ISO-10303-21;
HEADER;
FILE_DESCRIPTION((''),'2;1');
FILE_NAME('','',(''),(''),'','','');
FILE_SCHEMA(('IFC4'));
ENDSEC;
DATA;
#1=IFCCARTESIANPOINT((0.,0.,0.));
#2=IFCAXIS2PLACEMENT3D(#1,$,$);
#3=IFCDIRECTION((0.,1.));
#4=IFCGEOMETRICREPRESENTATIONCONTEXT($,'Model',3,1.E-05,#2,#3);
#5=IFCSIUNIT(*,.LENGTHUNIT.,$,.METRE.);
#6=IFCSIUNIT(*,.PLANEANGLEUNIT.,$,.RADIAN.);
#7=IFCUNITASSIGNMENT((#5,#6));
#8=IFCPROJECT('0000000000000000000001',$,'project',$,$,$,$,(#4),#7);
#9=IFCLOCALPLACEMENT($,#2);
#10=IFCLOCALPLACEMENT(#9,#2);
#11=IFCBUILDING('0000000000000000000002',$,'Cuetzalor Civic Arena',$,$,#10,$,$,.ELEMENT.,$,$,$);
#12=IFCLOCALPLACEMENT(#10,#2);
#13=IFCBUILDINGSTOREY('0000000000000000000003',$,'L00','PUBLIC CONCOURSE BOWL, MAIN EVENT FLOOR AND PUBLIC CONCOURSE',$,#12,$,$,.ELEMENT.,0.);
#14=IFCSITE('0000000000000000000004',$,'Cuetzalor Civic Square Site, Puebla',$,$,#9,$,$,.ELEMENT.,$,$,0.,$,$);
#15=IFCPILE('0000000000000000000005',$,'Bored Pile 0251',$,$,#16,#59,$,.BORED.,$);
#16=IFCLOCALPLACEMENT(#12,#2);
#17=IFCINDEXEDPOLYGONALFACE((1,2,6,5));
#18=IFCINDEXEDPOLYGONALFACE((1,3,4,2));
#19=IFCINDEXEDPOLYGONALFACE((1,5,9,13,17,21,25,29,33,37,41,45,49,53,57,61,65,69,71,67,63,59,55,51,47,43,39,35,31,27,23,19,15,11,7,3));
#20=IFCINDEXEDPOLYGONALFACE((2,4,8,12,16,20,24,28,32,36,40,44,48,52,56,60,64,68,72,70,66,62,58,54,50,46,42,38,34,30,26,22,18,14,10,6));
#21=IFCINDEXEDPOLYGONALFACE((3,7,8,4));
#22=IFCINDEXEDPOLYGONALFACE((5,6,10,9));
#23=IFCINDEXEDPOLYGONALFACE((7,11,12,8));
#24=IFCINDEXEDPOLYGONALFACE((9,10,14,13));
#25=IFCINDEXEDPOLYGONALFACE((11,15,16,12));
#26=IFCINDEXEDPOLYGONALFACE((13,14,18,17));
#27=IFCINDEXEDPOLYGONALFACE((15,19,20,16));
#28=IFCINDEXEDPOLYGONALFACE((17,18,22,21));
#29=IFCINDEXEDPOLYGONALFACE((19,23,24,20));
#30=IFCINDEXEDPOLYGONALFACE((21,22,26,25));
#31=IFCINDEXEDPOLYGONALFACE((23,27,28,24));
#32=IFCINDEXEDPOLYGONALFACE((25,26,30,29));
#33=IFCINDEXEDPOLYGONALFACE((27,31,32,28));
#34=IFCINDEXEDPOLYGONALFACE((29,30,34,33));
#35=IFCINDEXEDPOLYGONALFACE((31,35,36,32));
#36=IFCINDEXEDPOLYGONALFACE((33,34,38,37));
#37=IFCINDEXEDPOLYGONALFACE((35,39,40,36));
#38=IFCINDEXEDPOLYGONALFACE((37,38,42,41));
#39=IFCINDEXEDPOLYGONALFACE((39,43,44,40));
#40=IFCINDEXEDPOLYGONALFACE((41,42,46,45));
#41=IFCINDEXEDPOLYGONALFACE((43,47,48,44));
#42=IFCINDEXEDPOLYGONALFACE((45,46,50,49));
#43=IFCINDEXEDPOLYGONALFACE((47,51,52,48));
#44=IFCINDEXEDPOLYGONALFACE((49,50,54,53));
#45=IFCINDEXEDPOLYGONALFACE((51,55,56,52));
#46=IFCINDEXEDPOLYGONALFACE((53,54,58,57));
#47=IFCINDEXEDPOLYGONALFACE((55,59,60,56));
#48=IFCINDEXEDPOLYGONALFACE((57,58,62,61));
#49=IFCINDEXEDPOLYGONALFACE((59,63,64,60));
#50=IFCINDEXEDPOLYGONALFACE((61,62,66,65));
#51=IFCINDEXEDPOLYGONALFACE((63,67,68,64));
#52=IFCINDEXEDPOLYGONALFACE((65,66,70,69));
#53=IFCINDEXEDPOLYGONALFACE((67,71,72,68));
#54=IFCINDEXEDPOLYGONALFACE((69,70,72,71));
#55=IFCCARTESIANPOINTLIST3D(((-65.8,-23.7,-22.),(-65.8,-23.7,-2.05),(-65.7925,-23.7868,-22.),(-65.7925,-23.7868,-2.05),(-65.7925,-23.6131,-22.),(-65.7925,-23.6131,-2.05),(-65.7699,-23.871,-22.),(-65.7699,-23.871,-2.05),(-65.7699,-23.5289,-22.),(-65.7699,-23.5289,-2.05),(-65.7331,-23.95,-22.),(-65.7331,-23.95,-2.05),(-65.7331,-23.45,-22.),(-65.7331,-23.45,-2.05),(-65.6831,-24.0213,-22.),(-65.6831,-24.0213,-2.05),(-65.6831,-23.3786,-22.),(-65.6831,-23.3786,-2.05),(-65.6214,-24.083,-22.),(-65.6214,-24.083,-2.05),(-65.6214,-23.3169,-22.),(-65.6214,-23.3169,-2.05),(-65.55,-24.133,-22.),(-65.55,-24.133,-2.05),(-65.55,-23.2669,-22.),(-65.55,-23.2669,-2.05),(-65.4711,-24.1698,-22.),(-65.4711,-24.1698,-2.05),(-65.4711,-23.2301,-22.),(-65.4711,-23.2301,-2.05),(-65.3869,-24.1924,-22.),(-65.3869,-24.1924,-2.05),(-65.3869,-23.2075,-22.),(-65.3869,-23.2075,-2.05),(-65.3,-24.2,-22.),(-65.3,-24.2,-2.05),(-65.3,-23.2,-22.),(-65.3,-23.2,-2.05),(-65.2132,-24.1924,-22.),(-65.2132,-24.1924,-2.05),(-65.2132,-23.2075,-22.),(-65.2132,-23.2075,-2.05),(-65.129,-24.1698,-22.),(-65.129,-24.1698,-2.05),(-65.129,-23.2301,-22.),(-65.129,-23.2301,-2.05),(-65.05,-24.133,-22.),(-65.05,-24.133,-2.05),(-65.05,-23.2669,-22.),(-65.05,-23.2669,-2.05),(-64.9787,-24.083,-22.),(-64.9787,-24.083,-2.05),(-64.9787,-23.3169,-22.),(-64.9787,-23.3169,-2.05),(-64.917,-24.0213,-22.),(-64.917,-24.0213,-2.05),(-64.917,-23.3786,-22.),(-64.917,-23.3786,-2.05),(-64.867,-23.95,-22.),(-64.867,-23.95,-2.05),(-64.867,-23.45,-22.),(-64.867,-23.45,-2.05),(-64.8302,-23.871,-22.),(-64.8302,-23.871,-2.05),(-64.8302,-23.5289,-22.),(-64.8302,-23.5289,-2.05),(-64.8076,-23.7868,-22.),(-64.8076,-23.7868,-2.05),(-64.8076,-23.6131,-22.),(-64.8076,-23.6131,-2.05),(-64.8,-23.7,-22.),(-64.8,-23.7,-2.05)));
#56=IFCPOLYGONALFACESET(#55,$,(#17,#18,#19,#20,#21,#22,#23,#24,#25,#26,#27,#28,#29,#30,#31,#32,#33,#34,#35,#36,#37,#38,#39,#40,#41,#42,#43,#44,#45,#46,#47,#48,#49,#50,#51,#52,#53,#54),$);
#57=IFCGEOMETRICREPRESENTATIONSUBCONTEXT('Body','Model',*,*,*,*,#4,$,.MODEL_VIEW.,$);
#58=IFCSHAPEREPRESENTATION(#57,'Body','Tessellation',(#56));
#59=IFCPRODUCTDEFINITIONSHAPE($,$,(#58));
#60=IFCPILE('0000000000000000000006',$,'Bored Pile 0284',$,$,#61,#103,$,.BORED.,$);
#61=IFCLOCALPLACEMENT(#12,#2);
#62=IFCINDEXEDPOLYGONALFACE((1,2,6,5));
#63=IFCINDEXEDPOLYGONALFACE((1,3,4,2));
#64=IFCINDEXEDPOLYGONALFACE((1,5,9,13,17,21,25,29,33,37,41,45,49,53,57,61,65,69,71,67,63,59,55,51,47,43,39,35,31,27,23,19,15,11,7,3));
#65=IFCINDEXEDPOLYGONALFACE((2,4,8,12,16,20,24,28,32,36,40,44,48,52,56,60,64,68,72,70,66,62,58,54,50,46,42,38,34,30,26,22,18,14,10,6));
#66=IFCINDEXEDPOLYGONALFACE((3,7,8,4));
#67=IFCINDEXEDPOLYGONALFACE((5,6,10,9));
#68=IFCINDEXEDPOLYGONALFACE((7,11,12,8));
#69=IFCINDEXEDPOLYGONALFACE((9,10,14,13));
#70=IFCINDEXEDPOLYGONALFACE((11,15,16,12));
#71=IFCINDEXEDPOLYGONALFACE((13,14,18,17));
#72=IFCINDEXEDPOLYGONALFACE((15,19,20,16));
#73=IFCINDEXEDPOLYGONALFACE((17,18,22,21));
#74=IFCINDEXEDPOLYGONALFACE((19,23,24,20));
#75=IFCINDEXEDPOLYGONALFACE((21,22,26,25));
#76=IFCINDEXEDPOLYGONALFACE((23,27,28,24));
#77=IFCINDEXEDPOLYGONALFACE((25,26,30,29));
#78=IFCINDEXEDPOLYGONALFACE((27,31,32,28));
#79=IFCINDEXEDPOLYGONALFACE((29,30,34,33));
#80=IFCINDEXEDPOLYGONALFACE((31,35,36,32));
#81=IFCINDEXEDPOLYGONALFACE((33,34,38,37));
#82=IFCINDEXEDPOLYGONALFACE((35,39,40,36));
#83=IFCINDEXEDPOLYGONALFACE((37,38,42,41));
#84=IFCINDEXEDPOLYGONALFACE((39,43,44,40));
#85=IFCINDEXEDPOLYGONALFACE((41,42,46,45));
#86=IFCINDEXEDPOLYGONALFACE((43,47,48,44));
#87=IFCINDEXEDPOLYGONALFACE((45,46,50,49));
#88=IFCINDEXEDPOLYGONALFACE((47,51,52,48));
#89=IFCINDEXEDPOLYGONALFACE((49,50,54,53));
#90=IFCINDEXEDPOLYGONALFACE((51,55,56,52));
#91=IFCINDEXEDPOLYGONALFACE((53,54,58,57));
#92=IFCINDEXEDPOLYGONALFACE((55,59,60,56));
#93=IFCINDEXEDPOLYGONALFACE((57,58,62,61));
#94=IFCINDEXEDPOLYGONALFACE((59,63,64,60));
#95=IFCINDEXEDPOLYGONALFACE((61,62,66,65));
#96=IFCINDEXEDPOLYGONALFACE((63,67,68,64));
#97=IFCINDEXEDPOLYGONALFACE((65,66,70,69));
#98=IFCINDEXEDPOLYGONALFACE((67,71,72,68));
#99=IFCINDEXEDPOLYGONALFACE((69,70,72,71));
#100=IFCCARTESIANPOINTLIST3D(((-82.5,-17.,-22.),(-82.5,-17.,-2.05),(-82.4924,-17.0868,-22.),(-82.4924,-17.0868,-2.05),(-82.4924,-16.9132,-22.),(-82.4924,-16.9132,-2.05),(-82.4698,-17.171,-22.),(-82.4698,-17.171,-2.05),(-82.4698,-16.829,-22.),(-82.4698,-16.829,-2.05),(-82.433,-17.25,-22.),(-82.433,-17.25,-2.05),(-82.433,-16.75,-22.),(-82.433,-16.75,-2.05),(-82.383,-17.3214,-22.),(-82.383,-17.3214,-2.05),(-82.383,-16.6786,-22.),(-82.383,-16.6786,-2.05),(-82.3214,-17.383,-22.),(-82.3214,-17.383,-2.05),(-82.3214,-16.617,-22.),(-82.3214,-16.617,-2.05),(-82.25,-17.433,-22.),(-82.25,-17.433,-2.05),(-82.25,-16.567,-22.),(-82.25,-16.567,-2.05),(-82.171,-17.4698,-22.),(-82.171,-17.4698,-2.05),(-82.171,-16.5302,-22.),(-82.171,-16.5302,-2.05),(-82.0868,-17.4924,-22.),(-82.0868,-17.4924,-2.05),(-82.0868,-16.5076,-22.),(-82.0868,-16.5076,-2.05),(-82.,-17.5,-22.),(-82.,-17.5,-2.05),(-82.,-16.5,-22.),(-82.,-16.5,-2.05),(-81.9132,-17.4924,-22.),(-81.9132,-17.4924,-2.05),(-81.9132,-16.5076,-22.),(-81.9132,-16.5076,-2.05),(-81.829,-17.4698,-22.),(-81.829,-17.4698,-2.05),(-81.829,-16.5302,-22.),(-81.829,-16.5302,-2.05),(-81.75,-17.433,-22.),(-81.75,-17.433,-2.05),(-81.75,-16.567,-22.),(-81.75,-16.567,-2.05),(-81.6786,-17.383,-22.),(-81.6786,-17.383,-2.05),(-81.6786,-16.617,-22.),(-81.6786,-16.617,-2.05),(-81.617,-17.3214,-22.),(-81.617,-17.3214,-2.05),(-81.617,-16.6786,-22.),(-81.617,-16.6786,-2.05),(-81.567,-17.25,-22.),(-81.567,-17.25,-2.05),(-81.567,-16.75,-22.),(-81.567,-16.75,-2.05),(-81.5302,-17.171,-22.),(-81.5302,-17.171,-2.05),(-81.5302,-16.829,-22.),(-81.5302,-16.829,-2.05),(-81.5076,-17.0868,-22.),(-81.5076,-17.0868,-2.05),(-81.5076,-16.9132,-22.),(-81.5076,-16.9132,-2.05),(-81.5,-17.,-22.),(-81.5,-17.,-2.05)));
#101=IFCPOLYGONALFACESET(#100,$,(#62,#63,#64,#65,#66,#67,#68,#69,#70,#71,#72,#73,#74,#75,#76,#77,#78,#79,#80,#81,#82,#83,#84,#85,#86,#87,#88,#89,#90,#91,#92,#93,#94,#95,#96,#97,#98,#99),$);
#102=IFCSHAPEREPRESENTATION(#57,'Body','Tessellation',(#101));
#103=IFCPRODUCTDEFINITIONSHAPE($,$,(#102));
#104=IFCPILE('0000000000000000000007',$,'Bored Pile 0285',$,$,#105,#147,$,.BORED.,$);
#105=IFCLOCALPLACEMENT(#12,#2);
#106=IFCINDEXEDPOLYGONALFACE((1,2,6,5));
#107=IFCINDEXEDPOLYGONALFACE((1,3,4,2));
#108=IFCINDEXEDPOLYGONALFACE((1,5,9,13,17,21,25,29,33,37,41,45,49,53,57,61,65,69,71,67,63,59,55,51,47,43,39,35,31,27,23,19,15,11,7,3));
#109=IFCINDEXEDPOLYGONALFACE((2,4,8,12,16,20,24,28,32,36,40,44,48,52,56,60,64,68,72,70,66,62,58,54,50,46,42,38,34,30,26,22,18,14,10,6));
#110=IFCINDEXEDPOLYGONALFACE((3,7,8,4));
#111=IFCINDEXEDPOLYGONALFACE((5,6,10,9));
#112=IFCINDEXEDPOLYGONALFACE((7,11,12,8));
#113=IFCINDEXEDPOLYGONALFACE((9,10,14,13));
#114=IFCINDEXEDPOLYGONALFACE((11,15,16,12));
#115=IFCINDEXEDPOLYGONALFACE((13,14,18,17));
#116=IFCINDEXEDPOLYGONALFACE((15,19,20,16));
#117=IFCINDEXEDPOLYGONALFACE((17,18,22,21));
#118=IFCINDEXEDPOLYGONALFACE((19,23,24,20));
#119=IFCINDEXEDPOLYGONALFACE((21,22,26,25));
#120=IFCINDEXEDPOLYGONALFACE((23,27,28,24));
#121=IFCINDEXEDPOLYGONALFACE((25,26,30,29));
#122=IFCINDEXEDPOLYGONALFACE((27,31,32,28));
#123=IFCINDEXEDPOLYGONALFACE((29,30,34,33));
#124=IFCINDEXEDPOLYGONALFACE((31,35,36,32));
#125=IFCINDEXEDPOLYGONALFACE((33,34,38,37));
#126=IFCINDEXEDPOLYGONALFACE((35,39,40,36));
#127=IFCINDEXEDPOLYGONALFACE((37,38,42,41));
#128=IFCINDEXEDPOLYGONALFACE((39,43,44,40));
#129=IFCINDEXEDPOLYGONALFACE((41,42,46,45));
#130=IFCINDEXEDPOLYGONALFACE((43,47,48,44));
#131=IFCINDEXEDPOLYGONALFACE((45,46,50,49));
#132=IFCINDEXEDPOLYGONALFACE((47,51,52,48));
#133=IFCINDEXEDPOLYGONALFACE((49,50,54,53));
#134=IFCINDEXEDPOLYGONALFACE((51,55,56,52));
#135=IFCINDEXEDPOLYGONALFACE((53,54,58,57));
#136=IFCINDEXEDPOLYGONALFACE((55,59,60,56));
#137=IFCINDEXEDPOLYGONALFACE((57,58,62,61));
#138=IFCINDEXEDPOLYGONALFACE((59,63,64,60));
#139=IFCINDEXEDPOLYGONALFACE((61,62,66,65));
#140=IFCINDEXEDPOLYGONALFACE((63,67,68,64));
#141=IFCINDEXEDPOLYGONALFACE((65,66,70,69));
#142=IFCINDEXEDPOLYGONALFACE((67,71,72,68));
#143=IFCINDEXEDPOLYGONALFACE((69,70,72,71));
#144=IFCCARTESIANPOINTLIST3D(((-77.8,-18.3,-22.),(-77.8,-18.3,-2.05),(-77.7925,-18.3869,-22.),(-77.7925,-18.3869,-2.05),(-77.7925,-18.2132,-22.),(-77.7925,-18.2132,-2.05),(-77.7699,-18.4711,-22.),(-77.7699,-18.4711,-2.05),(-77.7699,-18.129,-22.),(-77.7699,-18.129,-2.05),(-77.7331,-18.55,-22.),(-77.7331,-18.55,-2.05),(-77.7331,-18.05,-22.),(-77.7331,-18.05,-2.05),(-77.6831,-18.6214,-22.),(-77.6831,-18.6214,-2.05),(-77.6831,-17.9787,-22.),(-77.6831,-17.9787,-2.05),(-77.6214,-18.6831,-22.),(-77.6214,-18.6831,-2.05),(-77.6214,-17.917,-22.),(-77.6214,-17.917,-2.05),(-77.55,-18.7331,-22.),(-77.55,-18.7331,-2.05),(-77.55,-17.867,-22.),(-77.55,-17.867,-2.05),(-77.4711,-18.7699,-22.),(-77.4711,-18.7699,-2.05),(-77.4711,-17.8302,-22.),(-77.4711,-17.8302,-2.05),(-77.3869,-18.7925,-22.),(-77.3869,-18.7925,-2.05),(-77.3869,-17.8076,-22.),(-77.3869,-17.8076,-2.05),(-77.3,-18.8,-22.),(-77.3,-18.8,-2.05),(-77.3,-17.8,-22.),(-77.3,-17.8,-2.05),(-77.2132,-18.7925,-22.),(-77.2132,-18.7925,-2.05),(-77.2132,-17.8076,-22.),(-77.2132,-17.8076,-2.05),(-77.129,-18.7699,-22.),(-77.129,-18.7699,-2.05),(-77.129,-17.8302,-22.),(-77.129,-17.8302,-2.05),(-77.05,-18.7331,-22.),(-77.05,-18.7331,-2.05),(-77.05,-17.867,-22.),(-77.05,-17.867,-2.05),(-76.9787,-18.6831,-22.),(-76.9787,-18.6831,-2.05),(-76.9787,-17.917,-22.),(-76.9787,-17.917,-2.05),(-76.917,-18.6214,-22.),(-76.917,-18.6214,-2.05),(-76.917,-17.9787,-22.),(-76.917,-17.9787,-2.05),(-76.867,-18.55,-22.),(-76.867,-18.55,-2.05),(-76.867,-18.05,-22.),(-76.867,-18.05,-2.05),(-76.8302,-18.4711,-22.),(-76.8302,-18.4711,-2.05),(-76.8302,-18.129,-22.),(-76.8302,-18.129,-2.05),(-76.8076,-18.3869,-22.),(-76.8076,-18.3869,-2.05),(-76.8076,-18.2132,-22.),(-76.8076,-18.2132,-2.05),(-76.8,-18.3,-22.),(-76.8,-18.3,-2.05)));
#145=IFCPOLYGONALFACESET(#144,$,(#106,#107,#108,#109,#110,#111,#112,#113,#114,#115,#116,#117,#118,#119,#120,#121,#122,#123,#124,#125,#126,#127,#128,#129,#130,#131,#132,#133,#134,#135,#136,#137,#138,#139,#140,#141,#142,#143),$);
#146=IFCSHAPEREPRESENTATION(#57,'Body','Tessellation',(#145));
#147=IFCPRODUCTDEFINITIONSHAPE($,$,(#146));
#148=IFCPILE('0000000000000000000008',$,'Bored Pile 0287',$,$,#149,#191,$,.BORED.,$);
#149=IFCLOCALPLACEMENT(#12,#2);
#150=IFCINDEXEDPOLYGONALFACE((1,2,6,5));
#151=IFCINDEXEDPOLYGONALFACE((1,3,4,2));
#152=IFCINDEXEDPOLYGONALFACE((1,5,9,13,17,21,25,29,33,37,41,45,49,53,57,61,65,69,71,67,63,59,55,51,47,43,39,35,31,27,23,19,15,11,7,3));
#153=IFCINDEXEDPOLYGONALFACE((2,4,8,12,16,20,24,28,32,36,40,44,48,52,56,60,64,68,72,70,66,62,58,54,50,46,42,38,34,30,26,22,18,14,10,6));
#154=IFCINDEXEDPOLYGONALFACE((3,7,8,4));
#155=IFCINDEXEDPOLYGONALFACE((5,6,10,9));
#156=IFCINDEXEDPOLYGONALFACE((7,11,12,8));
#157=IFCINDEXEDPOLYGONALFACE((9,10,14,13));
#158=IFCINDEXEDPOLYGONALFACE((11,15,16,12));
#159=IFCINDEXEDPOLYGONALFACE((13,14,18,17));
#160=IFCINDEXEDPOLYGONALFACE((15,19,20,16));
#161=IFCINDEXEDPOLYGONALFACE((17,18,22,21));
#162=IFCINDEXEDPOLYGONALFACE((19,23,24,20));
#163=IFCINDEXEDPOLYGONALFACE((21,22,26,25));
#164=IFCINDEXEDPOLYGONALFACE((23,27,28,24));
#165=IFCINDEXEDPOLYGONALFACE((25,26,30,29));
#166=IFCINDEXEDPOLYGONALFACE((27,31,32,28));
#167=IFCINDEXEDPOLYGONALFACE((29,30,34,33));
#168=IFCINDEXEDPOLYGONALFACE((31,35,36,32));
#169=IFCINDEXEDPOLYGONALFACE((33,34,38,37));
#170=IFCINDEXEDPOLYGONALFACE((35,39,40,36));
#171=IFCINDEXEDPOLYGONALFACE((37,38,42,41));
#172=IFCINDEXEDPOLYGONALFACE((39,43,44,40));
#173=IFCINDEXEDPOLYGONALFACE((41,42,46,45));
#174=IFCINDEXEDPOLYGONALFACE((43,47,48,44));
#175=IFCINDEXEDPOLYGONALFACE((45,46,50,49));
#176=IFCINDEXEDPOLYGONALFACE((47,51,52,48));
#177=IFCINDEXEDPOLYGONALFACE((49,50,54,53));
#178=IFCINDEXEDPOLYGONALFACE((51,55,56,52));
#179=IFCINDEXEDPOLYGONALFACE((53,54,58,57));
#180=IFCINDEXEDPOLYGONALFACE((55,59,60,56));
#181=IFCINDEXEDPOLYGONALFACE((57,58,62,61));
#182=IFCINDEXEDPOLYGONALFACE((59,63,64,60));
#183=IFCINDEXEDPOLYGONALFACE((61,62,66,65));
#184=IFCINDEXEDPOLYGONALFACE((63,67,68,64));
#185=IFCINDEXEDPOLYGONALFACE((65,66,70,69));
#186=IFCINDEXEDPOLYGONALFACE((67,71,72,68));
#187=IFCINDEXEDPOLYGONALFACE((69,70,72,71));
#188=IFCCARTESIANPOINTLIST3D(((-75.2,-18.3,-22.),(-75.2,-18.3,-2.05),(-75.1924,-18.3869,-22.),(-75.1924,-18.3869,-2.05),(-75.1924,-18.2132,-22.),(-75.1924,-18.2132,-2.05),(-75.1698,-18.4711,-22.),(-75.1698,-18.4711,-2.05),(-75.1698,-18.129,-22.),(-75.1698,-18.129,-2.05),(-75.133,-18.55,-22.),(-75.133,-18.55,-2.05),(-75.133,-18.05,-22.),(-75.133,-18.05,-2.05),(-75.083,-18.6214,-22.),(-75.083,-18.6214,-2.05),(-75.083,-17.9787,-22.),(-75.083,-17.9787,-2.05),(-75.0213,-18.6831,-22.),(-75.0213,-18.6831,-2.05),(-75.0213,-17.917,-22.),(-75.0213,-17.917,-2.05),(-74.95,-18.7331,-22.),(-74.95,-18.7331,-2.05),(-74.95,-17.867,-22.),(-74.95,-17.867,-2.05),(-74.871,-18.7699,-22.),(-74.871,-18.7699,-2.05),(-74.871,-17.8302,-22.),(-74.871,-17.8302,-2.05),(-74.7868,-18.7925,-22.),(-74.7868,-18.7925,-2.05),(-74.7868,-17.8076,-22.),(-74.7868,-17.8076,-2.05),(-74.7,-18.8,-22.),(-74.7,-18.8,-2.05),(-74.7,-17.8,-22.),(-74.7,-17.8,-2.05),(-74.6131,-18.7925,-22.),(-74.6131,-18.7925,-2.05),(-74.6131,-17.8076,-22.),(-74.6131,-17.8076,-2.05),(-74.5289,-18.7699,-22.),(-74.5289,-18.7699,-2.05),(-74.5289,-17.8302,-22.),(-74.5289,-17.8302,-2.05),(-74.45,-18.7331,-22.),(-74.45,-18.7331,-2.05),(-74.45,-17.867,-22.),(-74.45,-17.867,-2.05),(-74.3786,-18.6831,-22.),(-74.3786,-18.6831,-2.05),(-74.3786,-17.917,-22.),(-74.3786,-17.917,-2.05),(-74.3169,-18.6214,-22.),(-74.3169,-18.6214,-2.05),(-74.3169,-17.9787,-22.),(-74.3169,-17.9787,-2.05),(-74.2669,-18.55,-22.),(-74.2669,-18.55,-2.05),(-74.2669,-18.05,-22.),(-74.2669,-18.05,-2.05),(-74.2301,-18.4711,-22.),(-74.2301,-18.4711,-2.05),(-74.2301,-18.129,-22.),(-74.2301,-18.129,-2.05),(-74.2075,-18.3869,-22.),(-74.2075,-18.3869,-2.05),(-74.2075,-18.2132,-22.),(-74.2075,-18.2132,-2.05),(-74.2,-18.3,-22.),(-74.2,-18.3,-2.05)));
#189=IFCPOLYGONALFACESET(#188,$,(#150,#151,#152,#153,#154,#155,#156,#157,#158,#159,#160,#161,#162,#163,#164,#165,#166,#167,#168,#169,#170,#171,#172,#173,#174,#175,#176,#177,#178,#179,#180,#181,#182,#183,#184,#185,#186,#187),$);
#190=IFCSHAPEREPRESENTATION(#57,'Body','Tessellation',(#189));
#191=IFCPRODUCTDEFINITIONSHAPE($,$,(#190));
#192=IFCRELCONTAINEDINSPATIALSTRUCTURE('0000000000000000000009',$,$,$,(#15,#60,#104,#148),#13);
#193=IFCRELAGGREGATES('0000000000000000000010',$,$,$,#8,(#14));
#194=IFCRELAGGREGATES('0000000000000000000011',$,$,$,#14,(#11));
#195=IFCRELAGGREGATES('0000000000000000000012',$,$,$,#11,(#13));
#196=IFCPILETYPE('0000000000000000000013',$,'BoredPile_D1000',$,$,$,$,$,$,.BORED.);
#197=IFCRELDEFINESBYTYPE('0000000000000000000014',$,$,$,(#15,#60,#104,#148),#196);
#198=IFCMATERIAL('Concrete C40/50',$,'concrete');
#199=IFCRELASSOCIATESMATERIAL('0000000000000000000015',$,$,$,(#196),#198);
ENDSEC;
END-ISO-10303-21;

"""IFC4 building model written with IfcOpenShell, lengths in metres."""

from ifc_helpers import new_model, si_unit, direction, frame, origin, origin_2d, place, context, subcontext, project, spatial, circle, extrude, material, material_profile, profile_set, type_object, element, save


model = new_model("IFC4")

# Units and contexts
model_context = context("Model", 3, precision=1e-05, world=origin(), true_north=direction((0.0, 1.0)))
body_context = subcontext(model_context, "Body", "Model", "MODEL_VIEW")
ifc_project = project(units=[si_unit("LENGTHUNIT", "METRE"), si_unit("PLANEANGLEUNIT", "RADIAN")], contexts=[model_context])

# Site, building, storey
site_placement = place(None, origin())
site = spatial("IfcSite", under=ifc_project, at=site_placement, Name="Cuetzalor Civic Square Site, Puebla", CompositionType="ELEMENT", RefElevation=0.0)
building_placement = place(site_placement, origin())
building = spatial("IfcBuilding", under=site, at=building_placement, Name="Cuetzalor Civic Arena", CompositionType="ELEMENT")
storey_placement = place(building_placement, origin())
storey = spatial("IfcBuildingStorey", under=building, at=storey_placement, Name="L00", Description="PUBLIC CONCOURSE BOWL, MAIN EVENT FLOOR AND PUBLIC CONCOURSE", CompositionType="ELEMENT", Elevation=0.0)

# Piles
ifc_material_1 = material(Name="Concrete C40/50", Category="concrete")
ifc_material_profile_1 = material_profile(ifc_material_1, circle(Radius=0.5, at=origin_2d()), Name="BORED PILE D1000")
ifc_profile_set_1 = profile_set([ifc_material_profile_1], Name="Concrete C40/50")
pile_type = type_object("IfcPileType", Name="BoredPile_D1000", PredefinedType="BORED", material=ifc_profile_set_1)
for number, where, z_axis, x_axis, name in (
    (1, (-65.3, -23.7, -2.05), (0.0, 0.0, -1.0), (1.0, 0.0, 0.0), "Bored Pile 0251"),
    (2, (-82.0, -17.0, -2.05), (0.0, 0.0, -1.0), (1.0, 0.0, 0.0), "Bored Pile 0284"),
    (3, (-77.3, -18.3, -2.05), (0.0, 0.0, -1.0), (1.0, 0.0, 0.0), "Bored Pile 0285"),
    (4, (-74.7, -18.3, -2.05), (0.0, 0.0, -1.0), (1.0, 0.0, 0.0), "Bored Pile 0287"),
):
    element("IfcPile", number, at=place(storey_placement, frame(where, z_axis=z_axis, x_axis=x_axis)), inside=storey, type_object=pile_type, Name=name, PredefinedType="BORED", context=body_context, shape_type="SweptSolid", body=[
        extrude(circle(Radius=0.5, at=origin_2d()), origin(), (0.0, 0.0, 1.0), 19.95),
    ])

save(model, "model.ifc")
